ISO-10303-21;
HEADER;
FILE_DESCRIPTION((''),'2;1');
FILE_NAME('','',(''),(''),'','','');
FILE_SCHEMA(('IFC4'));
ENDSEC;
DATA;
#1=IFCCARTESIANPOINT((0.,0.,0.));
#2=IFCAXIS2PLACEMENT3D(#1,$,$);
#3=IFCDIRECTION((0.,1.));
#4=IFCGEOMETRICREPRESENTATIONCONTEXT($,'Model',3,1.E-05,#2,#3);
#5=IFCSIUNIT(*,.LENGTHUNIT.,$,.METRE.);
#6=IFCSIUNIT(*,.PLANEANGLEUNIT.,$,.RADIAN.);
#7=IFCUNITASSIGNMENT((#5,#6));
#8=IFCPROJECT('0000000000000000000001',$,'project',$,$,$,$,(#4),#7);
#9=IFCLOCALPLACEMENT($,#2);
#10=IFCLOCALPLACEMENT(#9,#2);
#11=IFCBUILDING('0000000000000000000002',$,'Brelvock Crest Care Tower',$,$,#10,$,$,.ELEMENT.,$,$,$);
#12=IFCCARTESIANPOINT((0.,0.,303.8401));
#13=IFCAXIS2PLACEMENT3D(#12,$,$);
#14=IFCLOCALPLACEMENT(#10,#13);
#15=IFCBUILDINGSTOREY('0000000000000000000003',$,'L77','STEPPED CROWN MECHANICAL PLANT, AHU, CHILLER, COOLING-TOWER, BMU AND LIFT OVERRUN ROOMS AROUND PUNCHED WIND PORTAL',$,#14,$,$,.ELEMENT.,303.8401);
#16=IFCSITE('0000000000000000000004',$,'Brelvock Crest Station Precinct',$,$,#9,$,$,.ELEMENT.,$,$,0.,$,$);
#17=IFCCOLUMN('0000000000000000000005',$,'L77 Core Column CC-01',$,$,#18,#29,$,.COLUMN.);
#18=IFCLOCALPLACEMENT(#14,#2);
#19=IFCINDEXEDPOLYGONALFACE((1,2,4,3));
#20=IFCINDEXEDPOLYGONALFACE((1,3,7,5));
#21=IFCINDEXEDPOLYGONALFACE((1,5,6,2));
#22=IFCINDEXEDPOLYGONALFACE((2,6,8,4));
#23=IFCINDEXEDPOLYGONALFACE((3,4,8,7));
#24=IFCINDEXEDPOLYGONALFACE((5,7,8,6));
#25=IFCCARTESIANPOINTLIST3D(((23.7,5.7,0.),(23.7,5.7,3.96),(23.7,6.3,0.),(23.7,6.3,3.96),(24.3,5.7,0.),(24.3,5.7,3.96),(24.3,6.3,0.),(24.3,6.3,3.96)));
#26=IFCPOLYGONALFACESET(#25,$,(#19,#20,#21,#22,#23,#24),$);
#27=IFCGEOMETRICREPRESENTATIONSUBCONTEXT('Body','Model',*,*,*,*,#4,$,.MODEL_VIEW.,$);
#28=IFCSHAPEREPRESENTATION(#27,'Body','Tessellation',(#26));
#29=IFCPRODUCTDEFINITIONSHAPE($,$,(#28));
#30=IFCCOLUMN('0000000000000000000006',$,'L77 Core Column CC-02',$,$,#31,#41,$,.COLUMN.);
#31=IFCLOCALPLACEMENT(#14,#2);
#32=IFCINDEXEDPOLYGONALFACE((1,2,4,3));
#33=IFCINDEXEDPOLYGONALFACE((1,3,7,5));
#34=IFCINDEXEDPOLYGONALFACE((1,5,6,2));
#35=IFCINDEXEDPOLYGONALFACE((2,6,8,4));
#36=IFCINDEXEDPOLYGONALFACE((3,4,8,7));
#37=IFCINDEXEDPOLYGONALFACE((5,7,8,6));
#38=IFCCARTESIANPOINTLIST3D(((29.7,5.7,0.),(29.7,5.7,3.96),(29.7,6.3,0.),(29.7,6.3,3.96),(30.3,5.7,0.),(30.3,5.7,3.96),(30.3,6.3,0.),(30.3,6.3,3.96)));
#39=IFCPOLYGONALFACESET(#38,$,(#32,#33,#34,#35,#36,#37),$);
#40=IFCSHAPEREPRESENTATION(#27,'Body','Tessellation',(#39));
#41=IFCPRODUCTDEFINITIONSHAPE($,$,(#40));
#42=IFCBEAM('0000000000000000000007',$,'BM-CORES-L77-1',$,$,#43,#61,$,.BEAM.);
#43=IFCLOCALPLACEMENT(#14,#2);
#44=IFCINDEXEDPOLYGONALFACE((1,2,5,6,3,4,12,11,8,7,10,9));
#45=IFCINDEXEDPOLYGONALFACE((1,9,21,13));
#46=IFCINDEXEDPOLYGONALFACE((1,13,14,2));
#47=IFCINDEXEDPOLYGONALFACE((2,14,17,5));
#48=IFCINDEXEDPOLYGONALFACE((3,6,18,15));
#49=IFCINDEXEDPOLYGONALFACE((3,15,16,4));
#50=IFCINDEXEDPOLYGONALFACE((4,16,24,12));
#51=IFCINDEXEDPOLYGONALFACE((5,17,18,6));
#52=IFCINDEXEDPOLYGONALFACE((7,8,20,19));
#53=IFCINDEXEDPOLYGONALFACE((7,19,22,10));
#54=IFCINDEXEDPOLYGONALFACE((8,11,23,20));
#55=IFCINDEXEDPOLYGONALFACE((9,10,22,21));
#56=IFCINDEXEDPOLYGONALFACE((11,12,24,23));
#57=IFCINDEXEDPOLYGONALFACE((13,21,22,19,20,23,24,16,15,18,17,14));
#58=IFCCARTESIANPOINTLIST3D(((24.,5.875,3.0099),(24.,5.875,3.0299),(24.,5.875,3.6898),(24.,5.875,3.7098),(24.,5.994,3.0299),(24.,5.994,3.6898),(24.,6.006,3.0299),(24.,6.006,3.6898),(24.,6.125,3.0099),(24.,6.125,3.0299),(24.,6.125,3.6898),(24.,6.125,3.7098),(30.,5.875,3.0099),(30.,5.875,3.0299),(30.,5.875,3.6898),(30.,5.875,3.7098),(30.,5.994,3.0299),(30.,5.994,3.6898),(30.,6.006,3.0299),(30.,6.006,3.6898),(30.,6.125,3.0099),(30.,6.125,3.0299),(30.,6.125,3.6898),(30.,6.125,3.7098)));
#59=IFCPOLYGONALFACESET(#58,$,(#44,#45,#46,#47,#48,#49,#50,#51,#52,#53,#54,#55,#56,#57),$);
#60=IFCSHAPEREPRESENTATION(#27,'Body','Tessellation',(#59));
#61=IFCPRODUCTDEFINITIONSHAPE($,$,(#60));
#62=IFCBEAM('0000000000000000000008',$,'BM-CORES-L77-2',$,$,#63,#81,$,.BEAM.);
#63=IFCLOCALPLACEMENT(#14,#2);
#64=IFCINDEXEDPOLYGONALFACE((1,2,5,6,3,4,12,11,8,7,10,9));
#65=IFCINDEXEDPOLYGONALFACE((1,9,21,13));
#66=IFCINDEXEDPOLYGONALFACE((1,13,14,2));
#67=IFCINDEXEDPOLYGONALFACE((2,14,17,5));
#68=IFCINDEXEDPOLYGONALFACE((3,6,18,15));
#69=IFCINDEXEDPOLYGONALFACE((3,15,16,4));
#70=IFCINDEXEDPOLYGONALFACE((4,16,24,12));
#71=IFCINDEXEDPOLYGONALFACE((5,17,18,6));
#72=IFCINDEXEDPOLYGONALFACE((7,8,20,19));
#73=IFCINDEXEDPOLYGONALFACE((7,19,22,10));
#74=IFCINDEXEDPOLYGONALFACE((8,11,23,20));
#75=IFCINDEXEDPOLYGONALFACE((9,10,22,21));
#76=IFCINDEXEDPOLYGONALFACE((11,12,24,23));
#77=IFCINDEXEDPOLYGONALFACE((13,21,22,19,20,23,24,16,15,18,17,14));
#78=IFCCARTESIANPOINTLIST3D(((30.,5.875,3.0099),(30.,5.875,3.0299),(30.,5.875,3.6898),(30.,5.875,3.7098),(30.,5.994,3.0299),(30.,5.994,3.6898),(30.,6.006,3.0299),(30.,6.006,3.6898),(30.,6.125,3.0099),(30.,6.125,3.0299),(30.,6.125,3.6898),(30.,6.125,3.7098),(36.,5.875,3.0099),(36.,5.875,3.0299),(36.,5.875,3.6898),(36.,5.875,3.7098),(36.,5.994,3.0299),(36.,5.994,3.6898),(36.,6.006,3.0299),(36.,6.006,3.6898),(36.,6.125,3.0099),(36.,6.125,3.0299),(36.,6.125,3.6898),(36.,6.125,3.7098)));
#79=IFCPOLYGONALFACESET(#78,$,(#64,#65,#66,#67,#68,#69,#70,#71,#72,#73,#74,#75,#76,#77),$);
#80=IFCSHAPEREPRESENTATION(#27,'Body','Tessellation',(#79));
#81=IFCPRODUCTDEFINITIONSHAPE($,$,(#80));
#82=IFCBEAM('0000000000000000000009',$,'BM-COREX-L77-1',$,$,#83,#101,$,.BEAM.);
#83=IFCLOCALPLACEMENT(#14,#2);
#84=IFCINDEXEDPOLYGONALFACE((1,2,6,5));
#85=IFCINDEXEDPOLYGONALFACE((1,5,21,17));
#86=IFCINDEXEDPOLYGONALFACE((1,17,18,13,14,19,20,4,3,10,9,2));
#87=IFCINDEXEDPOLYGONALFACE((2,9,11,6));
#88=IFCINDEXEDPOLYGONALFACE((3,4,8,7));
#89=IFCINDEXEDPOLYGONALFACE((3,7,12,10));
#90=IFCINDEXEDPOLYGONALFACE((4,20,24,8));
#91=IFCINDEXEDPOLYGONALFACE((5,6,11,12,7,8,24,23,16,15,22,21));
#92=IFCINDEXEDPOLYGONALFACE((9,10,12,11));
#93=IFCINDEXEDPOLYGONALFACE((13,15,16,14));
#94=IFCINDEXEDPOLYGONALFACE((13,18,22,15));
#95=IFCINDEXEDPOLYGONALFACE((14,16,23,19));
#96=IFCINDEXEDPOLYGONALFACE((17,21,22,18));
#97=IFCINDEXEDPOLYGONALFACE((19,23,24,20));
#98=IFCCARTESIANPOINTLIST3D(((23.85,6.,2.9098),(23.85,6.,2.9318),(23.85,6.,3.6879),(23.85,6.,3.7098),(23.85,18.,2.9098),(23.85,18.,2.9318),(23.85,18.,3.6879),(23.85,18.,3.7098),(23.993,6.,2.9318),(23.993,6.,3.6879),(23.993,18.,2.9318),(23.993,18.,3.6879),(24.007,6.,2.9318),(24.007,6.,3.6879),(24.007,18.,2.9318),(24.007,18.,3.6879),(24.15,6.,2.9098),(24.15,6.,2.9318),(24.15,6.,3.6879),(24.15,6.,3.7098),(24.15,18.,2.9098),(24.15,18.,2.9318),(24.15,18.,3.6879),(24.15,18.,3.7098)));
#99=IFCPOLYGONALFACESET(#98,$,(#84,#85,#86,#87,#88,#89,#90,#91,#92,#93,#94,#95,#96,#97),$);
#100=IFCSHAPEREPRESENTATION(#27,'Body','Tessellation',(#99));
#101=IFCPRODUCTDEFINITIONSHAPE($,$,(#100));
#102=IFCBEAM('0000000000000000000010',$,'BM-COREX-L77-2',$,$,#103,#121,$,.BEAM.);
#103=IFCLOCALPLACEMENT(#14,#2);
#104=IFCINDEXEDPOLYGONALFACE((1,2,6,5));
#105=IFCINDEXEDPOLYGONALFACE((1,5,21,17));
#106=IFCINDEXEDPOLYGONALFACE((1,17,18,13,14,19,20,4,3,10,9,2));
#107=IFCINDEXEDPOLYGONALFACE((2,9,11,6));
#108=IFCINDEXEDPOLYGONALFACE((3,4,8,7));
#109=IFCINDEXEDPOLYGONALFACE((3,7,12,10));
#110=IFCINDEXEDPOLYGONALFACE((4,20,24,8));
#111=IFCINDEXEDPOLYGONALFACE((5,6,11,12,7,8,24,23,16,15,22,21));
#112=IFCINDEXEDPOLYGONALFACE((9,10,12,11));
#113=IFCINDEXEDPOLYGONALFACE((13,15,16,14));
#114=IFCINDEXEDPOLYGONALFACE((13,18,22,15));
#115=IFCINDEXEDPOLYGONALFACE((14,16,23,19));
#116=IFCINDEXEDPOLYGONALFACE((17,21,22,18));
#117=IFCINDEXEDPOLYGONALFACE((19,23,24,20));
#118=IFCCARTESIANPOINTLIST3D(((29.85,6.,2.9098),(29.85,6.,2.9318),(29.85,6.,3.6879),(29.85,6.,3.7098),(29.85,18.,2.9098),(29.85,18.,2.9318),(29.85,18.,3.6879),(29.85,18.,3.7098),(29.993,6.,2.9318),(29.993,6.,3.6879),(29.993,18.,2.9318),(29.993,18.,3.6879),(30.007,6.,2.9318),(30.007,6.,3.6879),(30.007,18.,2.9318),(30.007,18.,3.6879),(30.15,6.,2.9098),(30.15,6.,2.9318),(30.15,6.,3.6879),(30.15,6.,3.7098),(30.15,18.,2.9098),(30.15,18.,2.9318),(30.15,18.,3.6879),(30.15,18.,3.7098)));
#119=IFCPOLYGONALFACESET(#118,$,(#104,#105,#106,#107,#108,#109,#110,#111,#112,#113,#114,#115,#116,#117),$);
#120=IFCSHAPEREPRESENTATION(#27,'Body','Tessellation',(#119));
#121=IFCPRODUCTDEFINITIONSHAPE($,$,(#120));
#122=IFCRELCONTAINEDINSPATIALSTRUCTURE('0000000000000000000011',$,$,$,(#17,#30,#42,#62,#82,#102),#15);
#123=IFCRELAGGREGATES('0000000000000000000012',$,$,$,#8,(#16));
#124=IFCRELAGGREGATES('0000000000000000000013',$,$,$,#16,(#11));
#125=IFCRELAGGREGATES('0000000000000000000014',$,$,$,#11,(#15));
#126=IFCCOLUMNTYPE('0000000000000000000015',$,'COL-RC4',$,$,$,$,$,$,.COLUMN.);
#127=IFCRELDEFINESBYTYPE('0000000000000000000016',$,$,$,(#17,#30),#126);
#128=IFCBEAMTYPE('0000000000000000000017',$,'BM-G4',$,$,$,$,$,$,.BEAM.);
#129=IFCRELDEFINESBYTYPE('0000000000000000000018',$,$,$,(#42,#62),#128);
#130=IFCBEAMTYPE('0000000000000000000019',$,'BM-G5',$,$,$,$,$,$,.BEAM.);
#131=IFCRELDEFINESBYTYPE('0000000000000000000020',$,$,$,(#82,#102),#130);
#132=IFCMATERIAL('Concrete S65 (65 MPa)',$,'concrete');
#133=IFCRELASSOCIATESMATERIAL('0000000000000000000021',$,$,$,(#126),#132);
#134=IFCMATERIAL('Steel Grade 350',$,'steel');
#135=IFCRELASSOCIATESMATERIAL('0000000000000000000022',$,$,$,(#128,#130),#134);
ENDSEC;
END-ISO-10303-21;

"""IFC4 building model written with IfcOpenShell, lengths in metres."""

from ifc_helpers import new_model, si_unit, direction, frame, origin, origin_2d, place, context, subcontext, project, spatial, rectangle, i_section, extrude, source, transform, mapped, material, material_profile, profile_set, type_object, element, save


model = new_model("IFC4")

# Units and contexts
model_context = context("Model", 3, precision=1e-05, world=origin(), true_north=direction((0.0, 1.0)))
body_context = subcontext(model_context, "Body", "Model", "MODEL_VIEW")
ifc_project = project(units=[si_unit("LENGTHUNIT", "METRE"), si_unit("PLANEANGLEUNIT", "RADIAN")], contexts=[model_context])

# Site, building, storey
site_placement = place(None, origin())
site = spatial("IfcSite", under=ifc_project, at=site_placement, Name="Brelvock Crest Station Precinct", CompositionType="ELEMENT", RefElevation=0.0)
building_placement = place(site_placement, origin())
building = spatial("IfcBuilding", under=site, at=building_placement, Name="Brelvock Crest Care Tower", CompositionType="ELEMENT")
storey_placement = place(building_placement, frame((0.0, 0.0, 303.8401)))
storey = spatial("IfcBuildingStorey", under=building, at=storey_placement, Name="L77", Description="STEPPED CROWN MECHANICAL PLANT, AHU, CHILLER, COOLING-TOWER, BMU AND LIFT OVERRUN ROOMS AROUND PUNCHED WIND PORTAL", CompositionType="ELEMENT", Elevation=303.8401)

# Columns
ifc_material_1 = material(Name="Concrete S65 (65 MPa)", Category="concrete")
ifc_material_profile_1 = material_profile(ifc_material_1, rectangle(XDim=0.6001, YDim=0.6001, at=origin_2d()), Name="RC600x600")
ifc_profile_set_1 = profile_set([ifc_material_profile_1], Name="Concrete S65 (65 MPa)")
column_type = type_object("IfcColumnType", Name="COL-RC4", PredefinedType="COLUMN", material=ifc_profile_set_1)
shared_shape_1 = source(origin(), body_context, "Body", "SweptSolid", [
    extrude(rectangle(XDim=0.6001, YDim=0.6001, at=origin_2d()), origin(), (0.0, 0.0, 1.0), 3.96),
])
for number, where, z_axis, x_axis, name in (
    (1, (24.0, 6.0, 0.0), (0.0, 0.0, 1.0), (1.0, 0.0, 0.0), "L77 Core Column CC-01"),
    (2, (30.0, 6.0, 0.0), (0.0, 0.0, 1.0), (1.0, 0.0, 0.0), "L77 Core Column CC-02"),
):
    element("IfcColumn", number, at=place(storey_placement, frame(where, z_axis=z_axis, x_axis=x_axis)), inside=storey, type_object=column_type, Name=name, PredefinedType="COLUMN", context=body_context, shape_type="MappedRepresentation", body=[
        mapped(shared_shape_1, transform((0.0, 0.0, 0.0), x_axis=(1.0, 0.0, 0.0), y_axis=(0.0, 1.0, 0.0), z_axis=(0.0, 0.0, 1.0), scale=1.0)),
    ])

# Beams
ifc_material_2 = material(Name="Steel Grade 350", Category="steel")
ifc_material_profile_2 = material_profile(ifc_material_2, i_section(OverallWidth=0.25, OverallDepth=0.7, WebThickness=0.012, FlangeThickness=0.02, at=origin_2d()), Name="700WB150")
ifc_profile_set_2 = profile_set([ifc_material_profile_2], Name="Steel Grade 350")
beam_type_1 = type_object("IfcBeamType", Name="BM-G4", PredefinedType="BEAM", material=ifc_profile_set_2)
shared_shape_2 = source(origin(), body_context, "Body", "SweptSolid", [
    extrude(i_section(OverallWidth=0.25, OverallDepth=0.7, WebThickness=0.012, FlangeThickness=0.02, at=origin_2d()), origin(), (0.0, 0.0, 1.0), 6.0),
])
for number, where, z_axis, x_axis, name in (
    (3, (24.0, 6.0, 3.3599), (1.0, 0.0, 0.0), (0.0, 1.0, 0.0), "BM-CORES-L77-1"),
    (4, (30.0, 6.0, 3.3599), (1.0, 0.0, 0.0), (0.0, 1.0, 0.0), "BM-CORES-L77-2"),
):
    element("IfcBeam", number, at=place(storey_placement, frame(where, z_axis=z_axis, x_axis=x_axis)), inside=storey, type_object=beam_type_1, Name=name, PredefinedType="BEAM", context=body_context, shape_type="MappedRepresentation", body=[
        mapped(shared_shape_2, transform((0.0, 0.0, 0.0), x_axis=(1.0, 0.0, 0.0), y_axis=(0.0, 1.0, 0.0), z_axis=(0.0, 0.0, 1.0), scale=1.0)),
    ])
ifc_material_profile_3 = material_profile(ifc_material_2, i_section(OverallWidth=0.3, OverallDepth=0.8, WebThickness=0.0139, FlangeThickness=0.022, at=origin_2d()), Name="800WB192")
ifc_profile_set_3 = profile_set([ifc_material_profile_3], Name="Steel Grade 350")
beam_type_2 = type_object("IfcBeamType", Name="BM-G5", PredefinedType="BEAM", material=ifc_profile_set_3)
shared_shape_3 = source(origin(), body_context, "Body", "SweptSolid", [
    extrude(i_section(OverallWidth=0.3, OverallDepth=0.8, WebThickness=0.0139, FlangeThickness=0.022, at=origin_2d()), origin(), (0.0, 0.0, 1.0), 12.0),
])
for number, where, z_axis, x_axis, name in (
    (5, (24.0, 6.0, 3.3098), (0.0, 1.0, 0.0), (-1.0, 0.0, 0.0), "BM-COREX-L77-1"),
    (6, (30.0, 6.0, 3.3098), (0.0, 1.0, 0.0), (-1.0, 0.0, 0.0), "BM-COREX-L77-2"),
):
    element("IfcBeam", number, at=place(storey_placement, frame(where, z_axis=z_axis, x_axis=x_axis)), inside=storey, type_object=beam_type_2, Name=name, PredefinedType="BEAM", context=body_context, shape_type="MappedRepresentation", body=[
        mapped(shared_shape_3, transform((0.0, 0.0, 0.0), x_axis=(1.0, 0.0, 0.0), y_axis=(0.0, 1.0, 0.0), z_axis=(0.0, 0.0, 1.0), scale=1.0)),
    ])

save(model, "model.ifc")
